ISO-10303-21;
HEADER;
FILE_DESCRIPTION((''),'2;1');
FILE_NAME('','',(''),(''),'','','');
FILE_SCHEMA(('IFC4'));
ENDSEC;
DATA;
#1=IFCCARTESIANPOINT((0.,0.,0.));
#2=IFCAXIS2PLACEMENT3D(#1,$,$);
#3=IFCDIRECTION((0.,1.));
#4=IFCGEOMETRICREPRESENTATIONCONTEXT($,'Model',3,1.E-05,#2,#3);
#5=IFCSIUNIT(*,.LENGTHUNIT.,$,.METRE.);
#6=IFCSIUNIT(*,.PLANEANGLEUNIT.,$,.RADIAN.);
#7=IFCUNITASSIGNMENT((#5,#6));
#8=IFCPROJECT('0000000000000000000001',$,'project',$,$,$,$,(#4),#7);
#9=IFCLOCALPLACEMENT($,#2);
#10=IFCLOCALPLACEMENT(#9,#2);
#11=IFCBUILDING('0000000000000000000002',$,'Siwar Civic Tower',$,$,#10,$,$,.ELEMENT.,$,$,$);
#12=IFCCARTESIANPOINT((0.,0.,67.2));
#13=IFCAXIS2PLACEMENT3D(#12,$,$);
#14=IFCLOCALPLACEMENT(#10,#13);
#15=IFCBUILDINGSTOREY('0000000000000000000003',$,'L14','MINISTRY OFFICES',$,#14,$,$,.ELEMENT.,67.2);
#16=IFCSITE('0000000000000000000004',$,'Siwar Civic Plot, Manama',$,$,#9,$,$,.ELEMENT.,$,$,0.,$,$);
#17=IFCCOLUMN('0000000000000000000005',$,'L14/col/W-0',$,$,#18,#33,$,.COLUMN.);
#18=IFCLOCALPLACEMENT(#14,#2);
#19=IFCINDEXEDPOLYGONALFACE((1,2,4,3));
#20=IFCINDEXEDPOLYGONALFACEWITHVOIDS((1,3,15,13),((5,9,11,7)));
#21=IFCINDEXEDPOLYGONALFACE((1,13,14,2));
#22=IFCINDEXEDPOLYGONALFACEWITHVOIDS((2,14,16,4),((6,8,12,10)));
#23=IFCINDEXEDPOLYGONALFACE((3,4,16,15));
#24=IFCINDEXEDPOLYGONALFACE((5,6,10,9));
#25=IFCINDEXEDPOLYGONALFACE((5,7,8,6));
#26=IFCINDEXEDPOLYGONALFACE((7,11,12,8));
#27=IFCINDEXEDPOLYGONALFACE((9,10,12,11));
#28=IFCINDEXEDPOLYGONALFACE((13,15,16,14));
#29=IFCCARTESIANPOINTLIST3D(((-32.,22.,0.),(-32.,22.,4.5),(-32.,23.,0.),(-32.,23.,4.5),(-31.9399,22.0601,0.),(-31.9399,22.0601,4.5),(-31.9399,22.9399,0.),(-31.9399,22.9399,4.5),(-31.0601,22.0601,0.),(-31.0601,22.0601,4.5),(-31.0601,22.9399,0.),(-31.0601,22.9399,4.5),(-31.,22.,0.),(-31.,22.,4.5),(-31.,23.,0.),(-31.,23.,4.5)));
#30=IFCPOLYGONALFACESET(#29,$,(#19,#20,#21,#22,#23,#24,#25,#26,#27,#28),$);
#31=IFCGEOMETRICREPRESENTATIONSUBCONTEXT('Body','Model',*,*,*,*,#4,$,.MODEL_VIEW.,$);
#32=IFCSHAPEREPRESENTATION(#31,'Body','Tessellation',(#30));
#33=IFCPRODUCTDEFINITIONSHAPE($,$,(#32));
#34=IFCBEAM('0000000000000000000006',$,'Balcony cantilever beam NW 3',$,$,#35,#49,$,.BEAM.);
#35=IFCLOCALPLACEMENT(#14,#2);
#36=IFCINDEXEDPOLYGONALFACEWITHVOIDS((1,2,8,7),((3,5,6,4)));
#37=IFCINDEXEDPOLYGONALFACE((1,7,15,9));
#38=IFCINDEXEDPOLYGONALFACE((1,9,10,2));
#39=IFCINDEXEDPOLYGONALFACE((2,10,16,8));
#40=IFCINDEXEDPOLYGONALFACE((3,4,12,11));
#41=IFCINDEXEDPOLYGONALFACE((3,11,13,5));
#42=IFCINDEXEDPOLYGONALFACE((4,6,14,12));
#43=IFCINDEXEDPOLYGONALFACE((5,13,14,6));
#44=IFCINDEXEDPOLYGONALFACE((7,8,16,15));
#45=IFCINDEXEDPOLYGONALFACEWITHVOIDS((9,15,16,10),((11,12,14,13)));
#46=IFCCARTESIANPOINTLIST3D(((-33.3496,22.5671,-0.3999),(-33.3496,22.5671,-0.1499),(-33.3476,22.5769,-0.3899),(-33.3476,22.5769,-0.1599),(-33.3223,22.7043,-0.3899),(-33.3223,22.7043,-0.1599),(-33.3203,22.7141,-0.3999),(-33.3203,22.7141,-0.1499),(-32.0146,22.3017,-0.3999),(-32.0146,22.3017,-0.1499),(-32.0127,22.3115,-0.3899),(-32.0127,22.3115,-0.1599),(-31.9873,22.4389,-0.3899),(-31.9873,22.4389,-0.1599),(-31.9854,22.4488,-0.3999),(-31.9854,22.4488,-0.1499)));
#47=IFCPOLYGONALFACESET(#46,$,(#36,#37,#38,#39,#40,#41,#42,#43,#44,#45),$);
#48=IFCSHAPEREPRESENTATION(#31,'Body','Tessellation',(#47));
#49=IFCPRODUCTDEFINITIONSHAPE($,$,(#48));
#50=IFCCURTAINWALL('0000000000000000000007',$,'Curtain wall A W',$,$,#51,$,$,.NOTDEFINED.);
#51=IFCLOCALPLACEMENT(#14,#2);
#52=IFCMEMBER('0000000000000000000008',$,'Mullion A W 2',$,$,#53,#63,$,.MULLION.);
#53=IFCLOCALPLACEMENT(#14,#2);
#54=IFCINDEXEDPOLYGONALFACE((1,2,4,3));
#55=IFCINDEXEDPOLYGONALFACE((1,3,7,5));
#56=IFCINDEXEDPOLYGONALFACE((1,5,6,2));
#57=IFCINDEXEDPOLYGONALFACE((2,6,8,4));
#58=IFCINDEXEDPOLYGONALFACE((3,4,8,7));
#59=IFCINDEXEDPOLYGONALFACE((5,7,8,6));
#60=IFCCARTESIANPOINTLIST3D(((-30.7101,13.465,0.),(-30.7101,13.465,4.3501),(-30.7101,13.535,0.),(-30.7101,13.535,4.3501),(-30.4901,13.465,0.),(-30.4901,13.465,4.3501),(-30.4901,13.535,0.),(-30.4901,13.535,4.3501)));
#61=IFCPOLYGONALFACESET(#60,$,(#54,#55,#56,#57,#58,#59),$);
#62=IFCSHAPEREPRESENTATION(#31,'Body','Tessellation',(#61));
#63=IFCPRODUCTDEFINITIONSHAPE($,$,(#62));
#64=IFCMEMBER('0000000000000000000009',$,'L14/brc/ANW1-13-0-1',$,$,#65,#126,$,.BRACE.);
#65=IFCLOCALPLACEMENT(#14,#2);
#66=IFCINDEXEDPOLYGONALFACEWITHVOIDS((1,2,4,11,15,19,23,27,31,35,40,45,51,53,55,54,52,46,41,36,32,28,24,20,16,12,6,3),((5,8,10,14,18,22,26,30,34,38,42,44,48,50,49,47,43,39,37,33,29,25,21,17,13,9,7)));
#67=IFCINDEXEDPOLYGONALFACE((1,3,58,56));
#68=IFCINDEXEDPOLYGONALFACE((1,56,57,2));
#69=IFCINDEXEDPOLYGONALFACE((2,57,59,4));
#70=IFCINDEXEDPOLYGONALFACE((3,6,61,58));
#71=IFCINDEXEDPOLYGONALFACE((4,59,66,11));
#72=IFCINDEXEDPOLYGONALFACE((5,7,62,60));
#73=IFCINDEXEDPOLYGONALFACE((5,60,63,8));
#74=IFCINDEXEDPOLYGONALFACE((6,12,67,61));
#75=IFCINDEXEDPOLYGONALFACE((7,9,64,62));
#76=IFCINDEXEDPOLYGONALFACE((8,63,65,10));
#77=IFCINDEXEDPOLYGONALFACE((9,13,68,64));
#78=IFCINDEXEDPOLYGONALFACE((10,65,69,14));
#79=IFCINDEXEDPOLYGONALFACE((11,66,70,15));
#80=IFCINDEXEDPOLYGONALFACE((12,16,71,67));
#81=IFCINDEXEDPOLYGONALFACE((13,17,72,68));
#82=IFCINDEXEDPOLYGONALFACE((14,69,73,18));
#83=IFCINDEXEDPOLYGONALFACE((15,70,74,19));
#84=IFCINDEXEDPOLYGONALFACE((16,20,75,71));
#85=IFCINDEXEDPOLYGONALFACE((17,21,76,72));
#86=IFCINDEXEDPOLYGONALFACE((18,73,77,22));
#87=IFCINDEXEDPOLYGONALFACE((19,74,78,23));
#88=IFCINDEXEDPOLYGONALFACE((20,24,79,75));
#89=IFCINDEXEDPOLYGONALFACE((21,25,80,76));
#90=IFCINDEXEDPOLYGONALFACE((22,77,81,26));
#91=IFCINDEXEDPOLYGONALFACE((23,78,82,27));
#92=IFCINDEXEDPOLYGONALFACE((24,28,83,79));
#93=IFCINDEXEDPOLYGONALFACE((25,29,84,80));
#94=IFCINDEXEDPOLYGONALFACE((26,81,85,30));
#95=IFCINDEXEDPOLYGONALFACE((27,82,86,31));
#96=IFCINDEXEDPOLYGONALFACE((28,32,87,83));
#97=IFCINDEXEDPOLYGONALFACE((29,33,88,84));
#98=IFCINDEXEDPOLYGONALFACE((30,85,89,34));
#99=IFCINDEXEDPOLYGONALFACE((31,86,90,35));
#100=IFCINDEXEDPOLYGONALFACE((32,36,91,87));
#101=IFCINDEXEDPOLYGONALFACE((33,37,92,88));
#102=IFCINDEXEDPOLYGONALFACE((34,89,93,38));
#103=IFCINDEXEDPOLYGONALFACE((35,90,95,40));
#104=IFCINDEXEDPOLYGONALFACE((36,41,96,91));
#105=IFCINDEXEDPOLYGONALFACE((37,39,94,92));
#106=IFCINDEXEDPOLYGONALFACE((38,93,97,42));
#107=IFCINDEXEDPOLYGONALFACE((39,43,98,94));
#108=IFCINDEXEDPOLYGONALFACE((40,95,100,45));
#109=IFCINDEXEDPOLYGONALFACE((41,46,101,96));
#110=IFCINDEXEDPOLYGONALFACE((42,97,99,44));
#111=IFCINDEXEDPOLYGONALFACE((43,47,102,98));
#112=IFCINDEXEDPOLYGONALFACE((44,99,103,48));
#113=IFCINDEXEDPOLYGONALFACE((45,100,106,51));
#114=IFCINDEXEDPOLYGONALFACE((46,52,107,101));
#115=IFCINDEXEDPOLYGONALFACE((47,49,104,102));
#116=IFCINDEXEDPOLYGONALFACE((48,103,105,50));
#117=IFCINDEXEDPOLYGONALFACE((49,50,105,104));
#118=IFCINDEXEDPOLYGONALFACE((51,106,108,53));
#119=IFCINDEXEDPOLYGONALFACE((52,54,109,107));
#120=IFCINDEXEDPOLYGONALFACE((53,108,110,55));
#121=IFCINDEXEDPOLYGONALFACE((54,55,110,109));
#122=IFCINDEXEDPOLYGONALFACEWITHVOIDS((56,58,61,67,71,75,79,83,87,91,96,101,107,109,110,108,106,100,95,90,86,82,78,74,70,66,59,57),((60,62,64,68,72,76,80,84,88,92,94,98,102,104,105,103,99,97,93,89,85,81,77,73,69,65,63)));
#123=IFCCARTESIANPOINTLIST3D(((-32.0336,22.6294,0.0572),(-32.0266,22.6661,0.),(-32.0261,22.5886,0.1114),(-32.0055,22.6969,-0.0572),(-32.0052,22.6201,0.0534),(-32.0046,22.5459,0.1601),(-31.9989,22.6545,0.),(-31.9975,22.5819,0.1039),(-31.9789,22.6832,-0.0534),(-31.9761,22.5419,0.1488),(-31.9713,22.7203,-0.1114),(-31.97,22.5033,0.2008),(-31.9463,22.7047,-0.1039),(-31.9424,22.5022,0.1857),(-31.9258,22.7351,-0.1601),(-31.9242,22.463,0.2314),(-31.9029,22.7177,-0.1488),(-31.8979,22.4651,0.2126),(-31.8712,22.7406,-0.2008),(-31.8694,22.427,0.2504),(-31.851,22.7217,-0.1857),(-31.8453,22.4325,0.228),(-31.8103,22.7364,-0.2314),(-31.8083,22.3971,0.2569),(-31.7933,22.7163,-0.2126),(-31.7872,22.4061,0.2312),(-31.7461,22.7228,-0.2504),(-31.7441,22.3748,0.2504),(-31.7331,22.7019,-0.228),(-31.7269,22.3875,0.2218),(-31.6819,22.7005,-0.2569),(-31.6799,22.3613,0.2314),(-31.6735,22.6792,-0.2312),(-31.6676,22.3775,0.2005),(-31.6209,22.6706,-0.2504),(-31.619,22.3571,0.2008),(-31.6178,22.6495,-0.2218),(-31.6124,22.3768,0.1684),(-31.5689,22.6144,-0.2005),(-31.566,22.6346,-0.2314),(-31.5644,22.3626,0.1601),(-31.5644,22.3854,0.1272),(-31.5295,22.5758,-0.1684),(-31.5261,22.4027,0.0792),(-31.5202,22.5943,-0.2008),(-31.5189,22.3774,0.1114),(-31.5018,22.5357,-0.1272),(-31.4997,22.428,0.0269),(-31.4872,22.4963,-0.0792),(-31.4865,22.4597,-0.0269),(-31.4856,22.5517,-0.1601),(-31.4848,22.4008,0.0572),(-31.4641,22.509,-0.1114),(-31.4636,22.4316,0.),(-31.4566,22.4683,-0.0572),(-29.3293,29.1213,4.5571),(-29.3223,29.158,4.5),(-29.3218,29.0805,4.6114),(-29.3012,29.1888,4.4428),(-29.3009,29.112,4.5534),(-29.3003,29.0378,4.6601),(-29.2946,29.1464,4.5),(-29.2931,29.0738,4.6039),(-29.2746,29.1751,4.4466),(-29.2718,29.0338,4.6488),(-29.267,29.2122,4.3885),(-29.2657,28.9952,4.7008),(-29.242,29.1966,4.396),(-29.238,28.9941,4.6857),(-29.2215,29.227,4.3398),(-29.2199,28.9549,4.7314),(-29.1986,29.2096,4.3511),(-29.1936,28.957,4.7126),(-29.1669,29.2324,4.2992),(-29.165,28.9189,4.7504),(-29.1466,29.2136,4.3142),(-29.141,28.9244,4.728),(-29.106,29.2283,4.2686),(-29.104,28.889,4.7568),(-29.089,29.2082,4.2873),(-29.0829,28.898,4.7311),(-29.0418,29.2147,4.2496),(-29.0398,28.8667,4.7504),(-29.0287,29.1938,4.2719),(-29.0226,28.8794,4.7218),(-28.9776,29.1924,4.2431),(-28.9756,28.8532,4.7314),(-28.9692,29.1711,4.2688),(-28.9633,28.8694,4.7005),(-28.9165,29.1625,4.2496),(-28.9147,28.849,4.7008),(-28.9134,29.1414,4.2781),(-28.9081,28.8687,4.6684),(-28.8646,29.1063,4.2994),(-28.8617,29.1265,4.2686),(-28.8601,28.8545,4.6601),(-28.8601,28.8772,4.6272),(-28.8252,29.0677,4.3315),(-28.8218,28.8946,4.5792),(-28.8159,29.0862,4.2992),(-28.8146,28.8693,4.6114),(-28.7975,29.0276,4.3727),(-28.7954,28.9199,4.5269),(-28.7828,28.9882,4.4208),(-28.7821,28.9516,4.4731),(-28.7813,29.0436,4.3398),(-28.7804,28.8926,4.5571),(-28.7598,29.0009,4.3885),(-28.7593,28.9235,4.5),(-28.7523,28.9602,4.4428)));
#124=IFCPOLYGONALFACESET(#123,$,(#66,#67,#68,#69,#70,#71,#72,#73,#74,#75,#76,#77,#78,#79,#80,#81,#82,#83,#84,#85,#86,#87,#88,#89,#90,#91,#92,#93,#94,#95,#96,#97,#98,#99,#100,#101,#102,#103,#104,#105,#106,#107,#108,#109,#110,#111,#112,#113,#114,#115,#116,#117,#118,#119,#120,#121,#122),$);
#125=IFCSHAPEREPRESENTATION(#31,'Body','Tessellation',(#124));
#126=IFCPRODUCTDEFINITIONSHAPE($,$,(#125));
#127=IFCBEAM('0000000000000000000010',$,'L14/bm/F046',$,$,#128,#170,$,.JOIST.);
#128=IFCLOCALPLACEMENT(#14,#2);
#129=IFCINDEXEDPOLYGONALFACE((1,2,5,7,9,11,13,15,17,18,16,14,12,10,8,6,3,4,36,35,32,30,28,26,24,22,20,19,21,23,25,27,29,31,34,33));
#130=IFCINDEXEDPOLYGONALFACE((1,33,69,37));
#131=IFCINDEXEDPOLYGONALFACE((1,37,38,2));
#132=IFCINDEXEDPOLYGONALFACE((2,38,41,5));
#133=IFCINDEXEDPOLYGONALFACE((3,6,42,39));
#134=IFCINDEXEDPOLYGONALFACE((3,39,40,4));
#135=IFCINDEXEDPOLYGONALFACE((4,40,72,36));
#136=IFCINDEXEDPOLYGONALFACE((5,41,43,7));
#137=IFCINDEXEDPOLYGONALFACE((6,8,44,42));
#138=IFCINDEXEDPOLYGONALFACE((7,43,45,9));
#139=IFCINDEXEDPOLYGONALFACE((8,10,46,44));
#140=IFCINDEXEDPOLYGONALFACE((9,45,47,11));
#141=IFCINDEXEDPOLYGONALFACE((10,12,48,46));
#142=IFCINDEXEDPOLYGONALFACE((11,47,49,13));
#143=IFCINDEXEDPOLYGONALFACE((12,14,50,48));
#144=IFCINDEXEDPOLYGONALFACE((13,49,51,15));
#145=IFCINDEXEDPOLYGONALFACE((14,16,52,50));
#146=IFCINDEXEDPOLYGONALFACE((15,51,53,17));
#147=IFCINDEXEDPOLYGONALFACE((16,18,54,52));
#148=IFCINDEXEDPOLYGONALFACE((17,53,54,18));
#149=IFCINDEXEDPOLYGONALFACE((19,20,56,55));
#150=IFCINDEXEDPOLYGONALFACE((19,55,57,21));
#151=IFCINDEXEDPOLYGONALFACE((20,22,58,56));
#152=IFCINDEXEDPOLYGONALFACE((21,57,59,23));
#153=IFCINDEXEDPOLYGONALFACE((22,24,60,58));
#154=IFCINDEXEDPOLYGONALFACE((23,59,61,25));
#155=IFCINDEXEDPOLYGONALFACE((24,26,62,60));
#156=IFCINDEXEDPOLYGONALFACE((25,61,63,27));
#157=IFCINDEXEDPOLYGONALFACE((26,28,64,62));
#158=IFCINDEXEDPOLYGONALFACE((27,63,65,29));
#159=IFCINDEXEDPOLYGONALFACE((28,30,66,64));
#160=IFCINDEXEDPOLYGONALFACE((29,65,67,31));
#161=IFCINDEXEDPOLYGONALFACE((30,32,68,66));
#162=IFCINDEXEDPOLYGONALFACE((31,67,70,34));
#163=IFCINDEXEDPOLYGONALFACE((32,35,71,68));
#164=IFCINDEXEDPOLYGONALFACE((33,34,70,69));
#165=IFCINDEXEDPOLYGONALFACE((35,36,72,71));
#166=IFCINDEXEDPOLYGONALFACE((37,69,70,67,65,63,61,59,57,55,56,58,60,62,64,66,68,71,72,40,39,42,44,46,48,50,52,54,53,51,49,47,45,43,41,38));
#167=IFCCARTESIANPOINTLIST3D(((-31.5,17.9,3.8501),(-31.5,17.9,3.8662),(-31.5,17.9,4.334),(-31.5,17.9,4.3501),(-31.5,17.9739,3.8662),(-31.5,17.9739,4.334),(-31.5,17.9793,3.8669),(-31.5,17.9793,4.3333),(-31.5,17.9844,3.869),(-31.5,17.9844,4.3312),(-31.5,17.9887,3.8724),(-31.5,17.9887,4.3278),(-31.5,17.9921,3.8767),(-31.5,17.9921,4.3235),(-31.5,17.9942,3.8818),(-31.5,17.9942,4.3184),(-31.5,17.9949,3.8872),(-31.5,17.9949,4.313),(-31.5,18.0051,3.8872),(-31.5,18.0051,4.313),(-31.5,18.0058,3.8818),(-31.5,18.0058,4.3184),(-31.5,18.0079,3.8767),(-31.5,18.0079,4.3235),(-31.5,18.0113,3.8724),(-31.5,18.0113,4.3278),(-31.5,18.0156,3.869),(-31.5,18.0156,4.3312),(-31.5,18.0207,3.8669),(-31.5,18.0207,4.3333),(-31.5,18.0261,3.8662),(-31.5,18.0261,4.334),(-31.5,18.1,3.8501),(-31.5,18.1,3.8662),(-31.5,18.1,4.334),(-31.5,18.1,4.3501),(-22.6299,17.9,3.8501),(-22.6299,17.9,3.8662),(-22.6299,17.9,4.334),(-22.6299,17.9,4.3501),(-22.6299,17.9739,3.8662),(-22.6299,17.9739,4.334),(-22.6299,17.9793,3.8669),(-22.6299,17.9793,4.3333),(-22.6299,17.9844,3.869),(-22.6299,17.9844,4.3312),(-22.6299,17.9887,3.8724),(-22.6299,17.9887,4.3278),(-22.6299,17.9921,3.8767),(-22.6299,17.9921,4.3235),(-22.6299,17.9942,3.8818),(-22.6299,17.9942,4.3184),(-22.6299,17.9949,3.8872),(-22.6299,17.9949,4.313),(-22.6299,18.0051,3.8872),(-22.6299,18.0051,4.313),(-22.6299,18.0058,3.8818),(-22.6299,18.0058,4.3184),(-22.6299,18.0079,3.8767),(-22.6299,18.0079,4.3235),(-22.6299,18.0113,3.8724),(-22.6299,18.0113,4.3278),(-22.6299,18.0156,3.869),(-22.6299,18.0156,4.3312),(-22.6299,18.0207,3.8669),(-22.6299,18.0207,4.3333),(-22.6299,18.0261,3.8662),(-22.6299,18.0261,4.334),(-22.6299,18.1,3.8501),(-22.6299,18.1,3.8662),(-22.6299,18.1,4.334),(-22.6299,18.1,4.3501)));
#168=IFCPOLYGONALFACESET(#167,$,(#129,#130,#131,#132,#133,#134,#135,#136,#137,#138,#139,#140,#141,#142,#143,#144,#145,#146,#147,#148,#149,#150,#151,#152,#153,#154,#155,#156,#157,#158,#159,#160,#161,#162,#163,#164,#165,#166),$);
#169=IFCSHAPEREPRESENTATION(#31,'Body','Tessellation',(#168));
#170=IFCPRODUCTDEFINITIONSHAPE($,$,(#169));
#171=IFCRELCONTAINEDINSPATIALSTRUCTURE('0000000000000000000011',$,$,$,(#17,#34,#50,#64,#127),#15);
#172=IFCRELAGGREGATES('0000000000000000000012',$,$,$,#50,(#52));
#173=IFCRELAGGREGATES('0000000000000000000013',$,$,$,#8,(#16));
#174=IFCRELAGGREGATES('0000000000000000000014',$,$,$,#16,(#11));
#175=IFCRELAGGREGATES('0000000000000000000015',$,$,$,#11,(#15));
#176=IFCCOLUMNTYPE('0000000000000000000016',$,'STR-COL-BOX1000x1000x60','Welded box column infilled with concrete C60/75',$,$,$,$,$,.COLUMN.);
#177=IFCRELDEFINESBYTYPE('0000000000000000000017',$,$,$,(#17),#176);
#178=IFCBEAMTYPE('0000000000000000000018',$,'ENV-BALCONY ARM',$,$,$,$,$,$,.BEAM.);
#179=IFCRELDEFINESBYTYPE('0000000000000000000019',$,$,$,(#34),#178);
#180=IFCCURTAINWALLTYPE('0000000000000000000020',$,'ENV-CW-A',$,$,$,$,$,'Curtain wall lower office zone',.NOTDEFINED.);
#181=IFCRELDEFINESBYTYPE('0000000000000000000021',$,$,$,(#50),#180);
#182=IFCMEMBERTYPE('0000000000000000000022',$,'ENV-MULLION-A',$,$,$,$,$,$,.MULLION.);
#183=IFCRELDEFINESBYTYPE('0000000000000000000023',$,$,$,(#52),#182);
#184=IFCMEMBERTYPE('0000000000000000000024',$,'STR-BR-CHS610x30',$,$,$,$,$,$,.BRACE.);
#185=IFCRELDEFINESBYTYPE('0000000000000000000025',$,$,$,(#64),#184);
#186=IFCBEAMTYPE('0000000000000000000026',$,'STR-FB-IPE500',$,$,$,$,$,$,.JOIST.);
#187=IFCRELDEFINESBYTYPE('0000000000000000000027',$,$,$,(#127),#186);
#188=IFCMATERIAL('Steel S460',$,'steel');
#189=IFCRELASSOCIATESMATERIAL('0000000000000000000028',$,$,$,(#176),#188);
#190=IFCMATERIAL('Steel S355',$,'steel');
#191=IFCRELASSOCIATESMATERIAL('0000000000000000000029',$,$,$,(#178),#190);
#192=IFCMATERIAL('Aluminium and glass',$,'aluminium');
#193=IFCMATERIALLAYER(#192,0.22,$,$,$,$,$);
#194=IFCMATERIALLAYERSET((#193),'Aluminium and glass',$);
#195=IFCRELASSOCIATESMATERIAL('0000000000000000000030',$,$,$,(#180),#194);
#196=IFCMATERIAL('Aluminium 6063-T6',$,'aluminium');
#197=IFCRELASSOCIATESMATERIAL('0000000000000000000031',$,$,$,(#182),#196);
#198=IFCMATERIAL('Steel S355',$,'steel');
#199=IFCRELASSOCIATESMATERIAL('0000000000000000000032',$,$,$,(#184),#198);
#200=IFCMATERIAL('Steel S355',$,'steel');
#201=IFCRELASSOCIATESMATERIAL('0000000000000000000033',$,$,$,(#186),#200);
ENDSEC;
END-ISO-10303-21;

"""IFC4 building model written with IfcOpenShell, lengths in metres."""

from ifc_helpers import new_model, si_unit, direction, frame, origin, origin_2d, place, context, subcontext, project, spatial, rectangle, hollow_rectangle, hollow_circle, i_section, extrude, material, layer, layer_set, material_profile, profile_set, type_object, element, aggregate, save


model = new_model("IFC4")

# Units and contexts
model_context = context("Model", 3, precision=1e-05, world=origin(), true_north=direction((0.0, 1.0)))
body_context = subcontext(model_context, "Body", "Model", "MODEL_VIEW")
ifc_project = project(units=[si_unit("LENGTHUNIT", "METRE"), si_unit("PLANEANGLEUNIT", "RADIAN")], contexts=[model_context])

# Site, building, storey
site_placement = place(None, origin())
site = spatial("IfcSite", under=ifc_project, at=site_placement, Name="Siwar Civic Plot, Manama", CompositionType="ELEMENT", RefElevation=0.0)
building_placement = place(site_placement, origin())
building = spatial("IfcBuilding", under=site, at=building_placement, Name="Siwar Civic Tower", CompositionType="ELEMENT")
storey_placement = place(building_placement, frame((0.0, 0.0, 67.2)))
storey = spatial("IfcBuildingStorey", under=building, at=storey_placement, Name="L14", Description="MINISTRY OFFICES", CompositionType="ELEMENT", Elevation=67.2)

# Column
ifc_material_1 = material(Name="Steel S460", Category="steel")
ifc_material_profile_1 = material_profile(ifc_material_1, hollow_rectangle(XDim=1.0, YDim=1.0, WallThickness=0.0601, at=origin_2d()), Name="BOX1000x1000x60")
ifc_profile_set_1 = profile_set([ifc_material_profile_1], Name="Steel S460")
column_type = type_object("IfcColumnType", Name="STR-COL-BOX1000x1000x60", Description="Welded box column infilled with concrete C60/75", PredefinedType="COLUMN", material=ifc_profile_set_1)
column_placement = place(storey_placement, frame((-31.5, 22.5, 0.0), z_axis=(0.0, 0.0, 1.0), x_axis=(1.0, 0.0, 0.0)))
element("IfcColumn", 1, at=column_placement, inside=storey, type_object=column_type, Name="L14/col/W-0", PredefinedType="COLUMN", context=body_context, shape_type="SweptSolid", body=[
    extrude(hollow_rectangle(XDim=1.0, YDim=1.0, WallThickness=0.0601, at=origin_2d()), origin(), (0.0, 0.0, 1.0), 4.5),
])

# Beam
ifc_material_2 = material(Name="Steel S355", Category="steel")
ifc_material_profile_2 = material_profile(ifc_material_2, hollow_rectangle(XDim=0.1499, YDim=0.25, WallThickness=0.01, at=origin_2d()), Name="RHS250x150x10")
ifc_profile_set_2 = profile_set([ifc_material_profile_2], Name="Steel S355")
beam_type_1 = type_object("IfcBeamType", Name="ENV-BALCONY ARM", PredefinedType="BEAM", material=ifc_profile_set_2)
beam_1_placement = place(storey_placement, frame((-32.0, 22.3752, -0.2749), z_axis=(-0.980808, 0.194978, 0.0), x_axis=(-0.194978, -0.980808, 0.0)))
element("IfcBeam", 2, at=beam_1_placement, inside=storey, type_object=beam_type_1, Name="Balcony cantilever beam NW 3", PredefinedType="BEAM", context=body_context, shape_type="SweptSolid", body=[
    extrude(hollow_rectangle(XDim=0.1499, YDim=0.25, WallThickness=0.01, at=origin_2d()), origin(), (0.0, 0.0, 1.0), 1.3611),
])

# Curtain wall, member
ifc_material_3 = material(Name="Aluminium and glass", Category="aluminium")
ifc_layer_1 = layer(ifc_material_3, 0.22)
ifc_layer_set_1 = layer_set([ifc_layer_1], Name="Aluminium and glass")
curtain_wall_type = type_object("IfcCurtainWallType", Name="ENV-CW-A", ElementType="Curtain wall lower office zone", PredefinedType="NOTDEFINED", material=ifc_layer_set_1)
curtain_wall_placement = place(storey_placement, origin())
curtain_wall = element("IfcCurtainWall", 3, at=curtain_wall_placement, inside=storey, type_object=curtain_wall_type, Name="Curtain wall A W", PredefinedType="NOTDEFINED")
ifc_material_4 = material(Name="Aluminium 6063-T6", Category="aluminium")
ifc_material_profile_3 = material_profile(ifc_material_4, rectangle(XDim=0.22, YDim=0.0701, at=origin_2d()), Name="AL 220x70")
ifc_profile_set_3 = profile_set([ifc_material_profile_3], Name="Aluminium 6063-T6")
member_type_1 = type_object("IfcMemberType", Name="ENV-MULLION-A", PredefinedType="MULLION", material=ifc_profile_set_3)
member_1_placement = place(storey_placement, frame((-30.6001, 13.5, 0.0), z_axis=(0.0, 0.0, 1.0), x_axis=(1.0, 0.0, 0.0)))
member_1 = element("IfcMember", 4, at=member_1_placement, type_object=member_type_1, Name="Mullion A W 2", PredefinedType="MULLION", context=body_context, shape_type="SweptSolid", body=[
    extrude(rectangle(XDim=0.22, YDim=0.0701, at=origin_2d()), origin(), (0.0, 0.0, 1.0), 4.3501),
])
aggregate(curtain_wall, [member_1])

# Member
ifc_material_5 = material(Name="Steel S355", Category="steel")
ifc_material_profile_4 = material_profile(ifc_material_5, hollow_circle(Radius=0.3049, WallThickness=0.03, at=origin_2d()), Name="CHS610x30")
ifc_profile_set_4 = profile_set([ifc_material_profile_4], Name="Steel S355")
member_type_2 = type_object("IfcMemberType", Name="STR-BR-CHS610x30", PredefinedType="BRACE", material=ifc_profile_set_4)
member_2_placement = place(storey_placement, frame((-31.7451, 22.5488, 0.0), z_axis=(0.323906, 0.777555, 0.538975), x_axis=(-0.923109, 0.384539, 0.0)))
element("IfcMember", 5, at=member_2_placement, inside=storey, type_object=member_type_2, Name="L14/brc/ANW1-13-0-1", PredefinedType="BRACE", context=body_context, shape_type="SweptSolid", body=[
    extrude(hollow_circle(Radius=0.3049, WallThickness=0.03, at=origin_2d()), origin(), (0.0, 0.0, 1.0), 8.3491),
])

# Beam
ifc_material_6 = material(Name="Steel S355", Category="steel")
ifc_material_profile_5 = material_profile(ifc_material_6, i_section(OverallWidth=0.2, OverallDepth=0.5, WebThickness=0.0103, FlangeThickness=0.0161, FilletRadius=0.021, at=origin_2d()), Name="IPE500")
ifc_profile_set_5 = profile_set([ifc_material_profile_5], Name="Steel S355")
beam_type_2 = type_object("IfcBeamType", Name="STR-FB-IPE500", PredefinedType="JOIST", material=ifc_profile_set_5)
beam_2_placement = place(storey_placement, frame((-31.5, 18.0, 4.1001), z_axis=(1.0, 0.0, 0.0), x_axis=(0.0, 1.0, 0.0)))
element("IfcBeam", 6, at=beam_2_placement, inside=storey, type_object=beam_type_2, Name="L14/bm/F046", PredefinedType="JOIST", context=body_context, shape_type="SweptSolid", body=[
    extrude(i_section(OverallWidth=0.2, OverallDepth=0.5, WebThickness=0.0103, FlangeThickness=0.0161, FilletRadius=0.021, at=origin_2d()), origin(), (0.0, 0.0, 1.0), 8.8701),
])

save(model, "model.ifc")
